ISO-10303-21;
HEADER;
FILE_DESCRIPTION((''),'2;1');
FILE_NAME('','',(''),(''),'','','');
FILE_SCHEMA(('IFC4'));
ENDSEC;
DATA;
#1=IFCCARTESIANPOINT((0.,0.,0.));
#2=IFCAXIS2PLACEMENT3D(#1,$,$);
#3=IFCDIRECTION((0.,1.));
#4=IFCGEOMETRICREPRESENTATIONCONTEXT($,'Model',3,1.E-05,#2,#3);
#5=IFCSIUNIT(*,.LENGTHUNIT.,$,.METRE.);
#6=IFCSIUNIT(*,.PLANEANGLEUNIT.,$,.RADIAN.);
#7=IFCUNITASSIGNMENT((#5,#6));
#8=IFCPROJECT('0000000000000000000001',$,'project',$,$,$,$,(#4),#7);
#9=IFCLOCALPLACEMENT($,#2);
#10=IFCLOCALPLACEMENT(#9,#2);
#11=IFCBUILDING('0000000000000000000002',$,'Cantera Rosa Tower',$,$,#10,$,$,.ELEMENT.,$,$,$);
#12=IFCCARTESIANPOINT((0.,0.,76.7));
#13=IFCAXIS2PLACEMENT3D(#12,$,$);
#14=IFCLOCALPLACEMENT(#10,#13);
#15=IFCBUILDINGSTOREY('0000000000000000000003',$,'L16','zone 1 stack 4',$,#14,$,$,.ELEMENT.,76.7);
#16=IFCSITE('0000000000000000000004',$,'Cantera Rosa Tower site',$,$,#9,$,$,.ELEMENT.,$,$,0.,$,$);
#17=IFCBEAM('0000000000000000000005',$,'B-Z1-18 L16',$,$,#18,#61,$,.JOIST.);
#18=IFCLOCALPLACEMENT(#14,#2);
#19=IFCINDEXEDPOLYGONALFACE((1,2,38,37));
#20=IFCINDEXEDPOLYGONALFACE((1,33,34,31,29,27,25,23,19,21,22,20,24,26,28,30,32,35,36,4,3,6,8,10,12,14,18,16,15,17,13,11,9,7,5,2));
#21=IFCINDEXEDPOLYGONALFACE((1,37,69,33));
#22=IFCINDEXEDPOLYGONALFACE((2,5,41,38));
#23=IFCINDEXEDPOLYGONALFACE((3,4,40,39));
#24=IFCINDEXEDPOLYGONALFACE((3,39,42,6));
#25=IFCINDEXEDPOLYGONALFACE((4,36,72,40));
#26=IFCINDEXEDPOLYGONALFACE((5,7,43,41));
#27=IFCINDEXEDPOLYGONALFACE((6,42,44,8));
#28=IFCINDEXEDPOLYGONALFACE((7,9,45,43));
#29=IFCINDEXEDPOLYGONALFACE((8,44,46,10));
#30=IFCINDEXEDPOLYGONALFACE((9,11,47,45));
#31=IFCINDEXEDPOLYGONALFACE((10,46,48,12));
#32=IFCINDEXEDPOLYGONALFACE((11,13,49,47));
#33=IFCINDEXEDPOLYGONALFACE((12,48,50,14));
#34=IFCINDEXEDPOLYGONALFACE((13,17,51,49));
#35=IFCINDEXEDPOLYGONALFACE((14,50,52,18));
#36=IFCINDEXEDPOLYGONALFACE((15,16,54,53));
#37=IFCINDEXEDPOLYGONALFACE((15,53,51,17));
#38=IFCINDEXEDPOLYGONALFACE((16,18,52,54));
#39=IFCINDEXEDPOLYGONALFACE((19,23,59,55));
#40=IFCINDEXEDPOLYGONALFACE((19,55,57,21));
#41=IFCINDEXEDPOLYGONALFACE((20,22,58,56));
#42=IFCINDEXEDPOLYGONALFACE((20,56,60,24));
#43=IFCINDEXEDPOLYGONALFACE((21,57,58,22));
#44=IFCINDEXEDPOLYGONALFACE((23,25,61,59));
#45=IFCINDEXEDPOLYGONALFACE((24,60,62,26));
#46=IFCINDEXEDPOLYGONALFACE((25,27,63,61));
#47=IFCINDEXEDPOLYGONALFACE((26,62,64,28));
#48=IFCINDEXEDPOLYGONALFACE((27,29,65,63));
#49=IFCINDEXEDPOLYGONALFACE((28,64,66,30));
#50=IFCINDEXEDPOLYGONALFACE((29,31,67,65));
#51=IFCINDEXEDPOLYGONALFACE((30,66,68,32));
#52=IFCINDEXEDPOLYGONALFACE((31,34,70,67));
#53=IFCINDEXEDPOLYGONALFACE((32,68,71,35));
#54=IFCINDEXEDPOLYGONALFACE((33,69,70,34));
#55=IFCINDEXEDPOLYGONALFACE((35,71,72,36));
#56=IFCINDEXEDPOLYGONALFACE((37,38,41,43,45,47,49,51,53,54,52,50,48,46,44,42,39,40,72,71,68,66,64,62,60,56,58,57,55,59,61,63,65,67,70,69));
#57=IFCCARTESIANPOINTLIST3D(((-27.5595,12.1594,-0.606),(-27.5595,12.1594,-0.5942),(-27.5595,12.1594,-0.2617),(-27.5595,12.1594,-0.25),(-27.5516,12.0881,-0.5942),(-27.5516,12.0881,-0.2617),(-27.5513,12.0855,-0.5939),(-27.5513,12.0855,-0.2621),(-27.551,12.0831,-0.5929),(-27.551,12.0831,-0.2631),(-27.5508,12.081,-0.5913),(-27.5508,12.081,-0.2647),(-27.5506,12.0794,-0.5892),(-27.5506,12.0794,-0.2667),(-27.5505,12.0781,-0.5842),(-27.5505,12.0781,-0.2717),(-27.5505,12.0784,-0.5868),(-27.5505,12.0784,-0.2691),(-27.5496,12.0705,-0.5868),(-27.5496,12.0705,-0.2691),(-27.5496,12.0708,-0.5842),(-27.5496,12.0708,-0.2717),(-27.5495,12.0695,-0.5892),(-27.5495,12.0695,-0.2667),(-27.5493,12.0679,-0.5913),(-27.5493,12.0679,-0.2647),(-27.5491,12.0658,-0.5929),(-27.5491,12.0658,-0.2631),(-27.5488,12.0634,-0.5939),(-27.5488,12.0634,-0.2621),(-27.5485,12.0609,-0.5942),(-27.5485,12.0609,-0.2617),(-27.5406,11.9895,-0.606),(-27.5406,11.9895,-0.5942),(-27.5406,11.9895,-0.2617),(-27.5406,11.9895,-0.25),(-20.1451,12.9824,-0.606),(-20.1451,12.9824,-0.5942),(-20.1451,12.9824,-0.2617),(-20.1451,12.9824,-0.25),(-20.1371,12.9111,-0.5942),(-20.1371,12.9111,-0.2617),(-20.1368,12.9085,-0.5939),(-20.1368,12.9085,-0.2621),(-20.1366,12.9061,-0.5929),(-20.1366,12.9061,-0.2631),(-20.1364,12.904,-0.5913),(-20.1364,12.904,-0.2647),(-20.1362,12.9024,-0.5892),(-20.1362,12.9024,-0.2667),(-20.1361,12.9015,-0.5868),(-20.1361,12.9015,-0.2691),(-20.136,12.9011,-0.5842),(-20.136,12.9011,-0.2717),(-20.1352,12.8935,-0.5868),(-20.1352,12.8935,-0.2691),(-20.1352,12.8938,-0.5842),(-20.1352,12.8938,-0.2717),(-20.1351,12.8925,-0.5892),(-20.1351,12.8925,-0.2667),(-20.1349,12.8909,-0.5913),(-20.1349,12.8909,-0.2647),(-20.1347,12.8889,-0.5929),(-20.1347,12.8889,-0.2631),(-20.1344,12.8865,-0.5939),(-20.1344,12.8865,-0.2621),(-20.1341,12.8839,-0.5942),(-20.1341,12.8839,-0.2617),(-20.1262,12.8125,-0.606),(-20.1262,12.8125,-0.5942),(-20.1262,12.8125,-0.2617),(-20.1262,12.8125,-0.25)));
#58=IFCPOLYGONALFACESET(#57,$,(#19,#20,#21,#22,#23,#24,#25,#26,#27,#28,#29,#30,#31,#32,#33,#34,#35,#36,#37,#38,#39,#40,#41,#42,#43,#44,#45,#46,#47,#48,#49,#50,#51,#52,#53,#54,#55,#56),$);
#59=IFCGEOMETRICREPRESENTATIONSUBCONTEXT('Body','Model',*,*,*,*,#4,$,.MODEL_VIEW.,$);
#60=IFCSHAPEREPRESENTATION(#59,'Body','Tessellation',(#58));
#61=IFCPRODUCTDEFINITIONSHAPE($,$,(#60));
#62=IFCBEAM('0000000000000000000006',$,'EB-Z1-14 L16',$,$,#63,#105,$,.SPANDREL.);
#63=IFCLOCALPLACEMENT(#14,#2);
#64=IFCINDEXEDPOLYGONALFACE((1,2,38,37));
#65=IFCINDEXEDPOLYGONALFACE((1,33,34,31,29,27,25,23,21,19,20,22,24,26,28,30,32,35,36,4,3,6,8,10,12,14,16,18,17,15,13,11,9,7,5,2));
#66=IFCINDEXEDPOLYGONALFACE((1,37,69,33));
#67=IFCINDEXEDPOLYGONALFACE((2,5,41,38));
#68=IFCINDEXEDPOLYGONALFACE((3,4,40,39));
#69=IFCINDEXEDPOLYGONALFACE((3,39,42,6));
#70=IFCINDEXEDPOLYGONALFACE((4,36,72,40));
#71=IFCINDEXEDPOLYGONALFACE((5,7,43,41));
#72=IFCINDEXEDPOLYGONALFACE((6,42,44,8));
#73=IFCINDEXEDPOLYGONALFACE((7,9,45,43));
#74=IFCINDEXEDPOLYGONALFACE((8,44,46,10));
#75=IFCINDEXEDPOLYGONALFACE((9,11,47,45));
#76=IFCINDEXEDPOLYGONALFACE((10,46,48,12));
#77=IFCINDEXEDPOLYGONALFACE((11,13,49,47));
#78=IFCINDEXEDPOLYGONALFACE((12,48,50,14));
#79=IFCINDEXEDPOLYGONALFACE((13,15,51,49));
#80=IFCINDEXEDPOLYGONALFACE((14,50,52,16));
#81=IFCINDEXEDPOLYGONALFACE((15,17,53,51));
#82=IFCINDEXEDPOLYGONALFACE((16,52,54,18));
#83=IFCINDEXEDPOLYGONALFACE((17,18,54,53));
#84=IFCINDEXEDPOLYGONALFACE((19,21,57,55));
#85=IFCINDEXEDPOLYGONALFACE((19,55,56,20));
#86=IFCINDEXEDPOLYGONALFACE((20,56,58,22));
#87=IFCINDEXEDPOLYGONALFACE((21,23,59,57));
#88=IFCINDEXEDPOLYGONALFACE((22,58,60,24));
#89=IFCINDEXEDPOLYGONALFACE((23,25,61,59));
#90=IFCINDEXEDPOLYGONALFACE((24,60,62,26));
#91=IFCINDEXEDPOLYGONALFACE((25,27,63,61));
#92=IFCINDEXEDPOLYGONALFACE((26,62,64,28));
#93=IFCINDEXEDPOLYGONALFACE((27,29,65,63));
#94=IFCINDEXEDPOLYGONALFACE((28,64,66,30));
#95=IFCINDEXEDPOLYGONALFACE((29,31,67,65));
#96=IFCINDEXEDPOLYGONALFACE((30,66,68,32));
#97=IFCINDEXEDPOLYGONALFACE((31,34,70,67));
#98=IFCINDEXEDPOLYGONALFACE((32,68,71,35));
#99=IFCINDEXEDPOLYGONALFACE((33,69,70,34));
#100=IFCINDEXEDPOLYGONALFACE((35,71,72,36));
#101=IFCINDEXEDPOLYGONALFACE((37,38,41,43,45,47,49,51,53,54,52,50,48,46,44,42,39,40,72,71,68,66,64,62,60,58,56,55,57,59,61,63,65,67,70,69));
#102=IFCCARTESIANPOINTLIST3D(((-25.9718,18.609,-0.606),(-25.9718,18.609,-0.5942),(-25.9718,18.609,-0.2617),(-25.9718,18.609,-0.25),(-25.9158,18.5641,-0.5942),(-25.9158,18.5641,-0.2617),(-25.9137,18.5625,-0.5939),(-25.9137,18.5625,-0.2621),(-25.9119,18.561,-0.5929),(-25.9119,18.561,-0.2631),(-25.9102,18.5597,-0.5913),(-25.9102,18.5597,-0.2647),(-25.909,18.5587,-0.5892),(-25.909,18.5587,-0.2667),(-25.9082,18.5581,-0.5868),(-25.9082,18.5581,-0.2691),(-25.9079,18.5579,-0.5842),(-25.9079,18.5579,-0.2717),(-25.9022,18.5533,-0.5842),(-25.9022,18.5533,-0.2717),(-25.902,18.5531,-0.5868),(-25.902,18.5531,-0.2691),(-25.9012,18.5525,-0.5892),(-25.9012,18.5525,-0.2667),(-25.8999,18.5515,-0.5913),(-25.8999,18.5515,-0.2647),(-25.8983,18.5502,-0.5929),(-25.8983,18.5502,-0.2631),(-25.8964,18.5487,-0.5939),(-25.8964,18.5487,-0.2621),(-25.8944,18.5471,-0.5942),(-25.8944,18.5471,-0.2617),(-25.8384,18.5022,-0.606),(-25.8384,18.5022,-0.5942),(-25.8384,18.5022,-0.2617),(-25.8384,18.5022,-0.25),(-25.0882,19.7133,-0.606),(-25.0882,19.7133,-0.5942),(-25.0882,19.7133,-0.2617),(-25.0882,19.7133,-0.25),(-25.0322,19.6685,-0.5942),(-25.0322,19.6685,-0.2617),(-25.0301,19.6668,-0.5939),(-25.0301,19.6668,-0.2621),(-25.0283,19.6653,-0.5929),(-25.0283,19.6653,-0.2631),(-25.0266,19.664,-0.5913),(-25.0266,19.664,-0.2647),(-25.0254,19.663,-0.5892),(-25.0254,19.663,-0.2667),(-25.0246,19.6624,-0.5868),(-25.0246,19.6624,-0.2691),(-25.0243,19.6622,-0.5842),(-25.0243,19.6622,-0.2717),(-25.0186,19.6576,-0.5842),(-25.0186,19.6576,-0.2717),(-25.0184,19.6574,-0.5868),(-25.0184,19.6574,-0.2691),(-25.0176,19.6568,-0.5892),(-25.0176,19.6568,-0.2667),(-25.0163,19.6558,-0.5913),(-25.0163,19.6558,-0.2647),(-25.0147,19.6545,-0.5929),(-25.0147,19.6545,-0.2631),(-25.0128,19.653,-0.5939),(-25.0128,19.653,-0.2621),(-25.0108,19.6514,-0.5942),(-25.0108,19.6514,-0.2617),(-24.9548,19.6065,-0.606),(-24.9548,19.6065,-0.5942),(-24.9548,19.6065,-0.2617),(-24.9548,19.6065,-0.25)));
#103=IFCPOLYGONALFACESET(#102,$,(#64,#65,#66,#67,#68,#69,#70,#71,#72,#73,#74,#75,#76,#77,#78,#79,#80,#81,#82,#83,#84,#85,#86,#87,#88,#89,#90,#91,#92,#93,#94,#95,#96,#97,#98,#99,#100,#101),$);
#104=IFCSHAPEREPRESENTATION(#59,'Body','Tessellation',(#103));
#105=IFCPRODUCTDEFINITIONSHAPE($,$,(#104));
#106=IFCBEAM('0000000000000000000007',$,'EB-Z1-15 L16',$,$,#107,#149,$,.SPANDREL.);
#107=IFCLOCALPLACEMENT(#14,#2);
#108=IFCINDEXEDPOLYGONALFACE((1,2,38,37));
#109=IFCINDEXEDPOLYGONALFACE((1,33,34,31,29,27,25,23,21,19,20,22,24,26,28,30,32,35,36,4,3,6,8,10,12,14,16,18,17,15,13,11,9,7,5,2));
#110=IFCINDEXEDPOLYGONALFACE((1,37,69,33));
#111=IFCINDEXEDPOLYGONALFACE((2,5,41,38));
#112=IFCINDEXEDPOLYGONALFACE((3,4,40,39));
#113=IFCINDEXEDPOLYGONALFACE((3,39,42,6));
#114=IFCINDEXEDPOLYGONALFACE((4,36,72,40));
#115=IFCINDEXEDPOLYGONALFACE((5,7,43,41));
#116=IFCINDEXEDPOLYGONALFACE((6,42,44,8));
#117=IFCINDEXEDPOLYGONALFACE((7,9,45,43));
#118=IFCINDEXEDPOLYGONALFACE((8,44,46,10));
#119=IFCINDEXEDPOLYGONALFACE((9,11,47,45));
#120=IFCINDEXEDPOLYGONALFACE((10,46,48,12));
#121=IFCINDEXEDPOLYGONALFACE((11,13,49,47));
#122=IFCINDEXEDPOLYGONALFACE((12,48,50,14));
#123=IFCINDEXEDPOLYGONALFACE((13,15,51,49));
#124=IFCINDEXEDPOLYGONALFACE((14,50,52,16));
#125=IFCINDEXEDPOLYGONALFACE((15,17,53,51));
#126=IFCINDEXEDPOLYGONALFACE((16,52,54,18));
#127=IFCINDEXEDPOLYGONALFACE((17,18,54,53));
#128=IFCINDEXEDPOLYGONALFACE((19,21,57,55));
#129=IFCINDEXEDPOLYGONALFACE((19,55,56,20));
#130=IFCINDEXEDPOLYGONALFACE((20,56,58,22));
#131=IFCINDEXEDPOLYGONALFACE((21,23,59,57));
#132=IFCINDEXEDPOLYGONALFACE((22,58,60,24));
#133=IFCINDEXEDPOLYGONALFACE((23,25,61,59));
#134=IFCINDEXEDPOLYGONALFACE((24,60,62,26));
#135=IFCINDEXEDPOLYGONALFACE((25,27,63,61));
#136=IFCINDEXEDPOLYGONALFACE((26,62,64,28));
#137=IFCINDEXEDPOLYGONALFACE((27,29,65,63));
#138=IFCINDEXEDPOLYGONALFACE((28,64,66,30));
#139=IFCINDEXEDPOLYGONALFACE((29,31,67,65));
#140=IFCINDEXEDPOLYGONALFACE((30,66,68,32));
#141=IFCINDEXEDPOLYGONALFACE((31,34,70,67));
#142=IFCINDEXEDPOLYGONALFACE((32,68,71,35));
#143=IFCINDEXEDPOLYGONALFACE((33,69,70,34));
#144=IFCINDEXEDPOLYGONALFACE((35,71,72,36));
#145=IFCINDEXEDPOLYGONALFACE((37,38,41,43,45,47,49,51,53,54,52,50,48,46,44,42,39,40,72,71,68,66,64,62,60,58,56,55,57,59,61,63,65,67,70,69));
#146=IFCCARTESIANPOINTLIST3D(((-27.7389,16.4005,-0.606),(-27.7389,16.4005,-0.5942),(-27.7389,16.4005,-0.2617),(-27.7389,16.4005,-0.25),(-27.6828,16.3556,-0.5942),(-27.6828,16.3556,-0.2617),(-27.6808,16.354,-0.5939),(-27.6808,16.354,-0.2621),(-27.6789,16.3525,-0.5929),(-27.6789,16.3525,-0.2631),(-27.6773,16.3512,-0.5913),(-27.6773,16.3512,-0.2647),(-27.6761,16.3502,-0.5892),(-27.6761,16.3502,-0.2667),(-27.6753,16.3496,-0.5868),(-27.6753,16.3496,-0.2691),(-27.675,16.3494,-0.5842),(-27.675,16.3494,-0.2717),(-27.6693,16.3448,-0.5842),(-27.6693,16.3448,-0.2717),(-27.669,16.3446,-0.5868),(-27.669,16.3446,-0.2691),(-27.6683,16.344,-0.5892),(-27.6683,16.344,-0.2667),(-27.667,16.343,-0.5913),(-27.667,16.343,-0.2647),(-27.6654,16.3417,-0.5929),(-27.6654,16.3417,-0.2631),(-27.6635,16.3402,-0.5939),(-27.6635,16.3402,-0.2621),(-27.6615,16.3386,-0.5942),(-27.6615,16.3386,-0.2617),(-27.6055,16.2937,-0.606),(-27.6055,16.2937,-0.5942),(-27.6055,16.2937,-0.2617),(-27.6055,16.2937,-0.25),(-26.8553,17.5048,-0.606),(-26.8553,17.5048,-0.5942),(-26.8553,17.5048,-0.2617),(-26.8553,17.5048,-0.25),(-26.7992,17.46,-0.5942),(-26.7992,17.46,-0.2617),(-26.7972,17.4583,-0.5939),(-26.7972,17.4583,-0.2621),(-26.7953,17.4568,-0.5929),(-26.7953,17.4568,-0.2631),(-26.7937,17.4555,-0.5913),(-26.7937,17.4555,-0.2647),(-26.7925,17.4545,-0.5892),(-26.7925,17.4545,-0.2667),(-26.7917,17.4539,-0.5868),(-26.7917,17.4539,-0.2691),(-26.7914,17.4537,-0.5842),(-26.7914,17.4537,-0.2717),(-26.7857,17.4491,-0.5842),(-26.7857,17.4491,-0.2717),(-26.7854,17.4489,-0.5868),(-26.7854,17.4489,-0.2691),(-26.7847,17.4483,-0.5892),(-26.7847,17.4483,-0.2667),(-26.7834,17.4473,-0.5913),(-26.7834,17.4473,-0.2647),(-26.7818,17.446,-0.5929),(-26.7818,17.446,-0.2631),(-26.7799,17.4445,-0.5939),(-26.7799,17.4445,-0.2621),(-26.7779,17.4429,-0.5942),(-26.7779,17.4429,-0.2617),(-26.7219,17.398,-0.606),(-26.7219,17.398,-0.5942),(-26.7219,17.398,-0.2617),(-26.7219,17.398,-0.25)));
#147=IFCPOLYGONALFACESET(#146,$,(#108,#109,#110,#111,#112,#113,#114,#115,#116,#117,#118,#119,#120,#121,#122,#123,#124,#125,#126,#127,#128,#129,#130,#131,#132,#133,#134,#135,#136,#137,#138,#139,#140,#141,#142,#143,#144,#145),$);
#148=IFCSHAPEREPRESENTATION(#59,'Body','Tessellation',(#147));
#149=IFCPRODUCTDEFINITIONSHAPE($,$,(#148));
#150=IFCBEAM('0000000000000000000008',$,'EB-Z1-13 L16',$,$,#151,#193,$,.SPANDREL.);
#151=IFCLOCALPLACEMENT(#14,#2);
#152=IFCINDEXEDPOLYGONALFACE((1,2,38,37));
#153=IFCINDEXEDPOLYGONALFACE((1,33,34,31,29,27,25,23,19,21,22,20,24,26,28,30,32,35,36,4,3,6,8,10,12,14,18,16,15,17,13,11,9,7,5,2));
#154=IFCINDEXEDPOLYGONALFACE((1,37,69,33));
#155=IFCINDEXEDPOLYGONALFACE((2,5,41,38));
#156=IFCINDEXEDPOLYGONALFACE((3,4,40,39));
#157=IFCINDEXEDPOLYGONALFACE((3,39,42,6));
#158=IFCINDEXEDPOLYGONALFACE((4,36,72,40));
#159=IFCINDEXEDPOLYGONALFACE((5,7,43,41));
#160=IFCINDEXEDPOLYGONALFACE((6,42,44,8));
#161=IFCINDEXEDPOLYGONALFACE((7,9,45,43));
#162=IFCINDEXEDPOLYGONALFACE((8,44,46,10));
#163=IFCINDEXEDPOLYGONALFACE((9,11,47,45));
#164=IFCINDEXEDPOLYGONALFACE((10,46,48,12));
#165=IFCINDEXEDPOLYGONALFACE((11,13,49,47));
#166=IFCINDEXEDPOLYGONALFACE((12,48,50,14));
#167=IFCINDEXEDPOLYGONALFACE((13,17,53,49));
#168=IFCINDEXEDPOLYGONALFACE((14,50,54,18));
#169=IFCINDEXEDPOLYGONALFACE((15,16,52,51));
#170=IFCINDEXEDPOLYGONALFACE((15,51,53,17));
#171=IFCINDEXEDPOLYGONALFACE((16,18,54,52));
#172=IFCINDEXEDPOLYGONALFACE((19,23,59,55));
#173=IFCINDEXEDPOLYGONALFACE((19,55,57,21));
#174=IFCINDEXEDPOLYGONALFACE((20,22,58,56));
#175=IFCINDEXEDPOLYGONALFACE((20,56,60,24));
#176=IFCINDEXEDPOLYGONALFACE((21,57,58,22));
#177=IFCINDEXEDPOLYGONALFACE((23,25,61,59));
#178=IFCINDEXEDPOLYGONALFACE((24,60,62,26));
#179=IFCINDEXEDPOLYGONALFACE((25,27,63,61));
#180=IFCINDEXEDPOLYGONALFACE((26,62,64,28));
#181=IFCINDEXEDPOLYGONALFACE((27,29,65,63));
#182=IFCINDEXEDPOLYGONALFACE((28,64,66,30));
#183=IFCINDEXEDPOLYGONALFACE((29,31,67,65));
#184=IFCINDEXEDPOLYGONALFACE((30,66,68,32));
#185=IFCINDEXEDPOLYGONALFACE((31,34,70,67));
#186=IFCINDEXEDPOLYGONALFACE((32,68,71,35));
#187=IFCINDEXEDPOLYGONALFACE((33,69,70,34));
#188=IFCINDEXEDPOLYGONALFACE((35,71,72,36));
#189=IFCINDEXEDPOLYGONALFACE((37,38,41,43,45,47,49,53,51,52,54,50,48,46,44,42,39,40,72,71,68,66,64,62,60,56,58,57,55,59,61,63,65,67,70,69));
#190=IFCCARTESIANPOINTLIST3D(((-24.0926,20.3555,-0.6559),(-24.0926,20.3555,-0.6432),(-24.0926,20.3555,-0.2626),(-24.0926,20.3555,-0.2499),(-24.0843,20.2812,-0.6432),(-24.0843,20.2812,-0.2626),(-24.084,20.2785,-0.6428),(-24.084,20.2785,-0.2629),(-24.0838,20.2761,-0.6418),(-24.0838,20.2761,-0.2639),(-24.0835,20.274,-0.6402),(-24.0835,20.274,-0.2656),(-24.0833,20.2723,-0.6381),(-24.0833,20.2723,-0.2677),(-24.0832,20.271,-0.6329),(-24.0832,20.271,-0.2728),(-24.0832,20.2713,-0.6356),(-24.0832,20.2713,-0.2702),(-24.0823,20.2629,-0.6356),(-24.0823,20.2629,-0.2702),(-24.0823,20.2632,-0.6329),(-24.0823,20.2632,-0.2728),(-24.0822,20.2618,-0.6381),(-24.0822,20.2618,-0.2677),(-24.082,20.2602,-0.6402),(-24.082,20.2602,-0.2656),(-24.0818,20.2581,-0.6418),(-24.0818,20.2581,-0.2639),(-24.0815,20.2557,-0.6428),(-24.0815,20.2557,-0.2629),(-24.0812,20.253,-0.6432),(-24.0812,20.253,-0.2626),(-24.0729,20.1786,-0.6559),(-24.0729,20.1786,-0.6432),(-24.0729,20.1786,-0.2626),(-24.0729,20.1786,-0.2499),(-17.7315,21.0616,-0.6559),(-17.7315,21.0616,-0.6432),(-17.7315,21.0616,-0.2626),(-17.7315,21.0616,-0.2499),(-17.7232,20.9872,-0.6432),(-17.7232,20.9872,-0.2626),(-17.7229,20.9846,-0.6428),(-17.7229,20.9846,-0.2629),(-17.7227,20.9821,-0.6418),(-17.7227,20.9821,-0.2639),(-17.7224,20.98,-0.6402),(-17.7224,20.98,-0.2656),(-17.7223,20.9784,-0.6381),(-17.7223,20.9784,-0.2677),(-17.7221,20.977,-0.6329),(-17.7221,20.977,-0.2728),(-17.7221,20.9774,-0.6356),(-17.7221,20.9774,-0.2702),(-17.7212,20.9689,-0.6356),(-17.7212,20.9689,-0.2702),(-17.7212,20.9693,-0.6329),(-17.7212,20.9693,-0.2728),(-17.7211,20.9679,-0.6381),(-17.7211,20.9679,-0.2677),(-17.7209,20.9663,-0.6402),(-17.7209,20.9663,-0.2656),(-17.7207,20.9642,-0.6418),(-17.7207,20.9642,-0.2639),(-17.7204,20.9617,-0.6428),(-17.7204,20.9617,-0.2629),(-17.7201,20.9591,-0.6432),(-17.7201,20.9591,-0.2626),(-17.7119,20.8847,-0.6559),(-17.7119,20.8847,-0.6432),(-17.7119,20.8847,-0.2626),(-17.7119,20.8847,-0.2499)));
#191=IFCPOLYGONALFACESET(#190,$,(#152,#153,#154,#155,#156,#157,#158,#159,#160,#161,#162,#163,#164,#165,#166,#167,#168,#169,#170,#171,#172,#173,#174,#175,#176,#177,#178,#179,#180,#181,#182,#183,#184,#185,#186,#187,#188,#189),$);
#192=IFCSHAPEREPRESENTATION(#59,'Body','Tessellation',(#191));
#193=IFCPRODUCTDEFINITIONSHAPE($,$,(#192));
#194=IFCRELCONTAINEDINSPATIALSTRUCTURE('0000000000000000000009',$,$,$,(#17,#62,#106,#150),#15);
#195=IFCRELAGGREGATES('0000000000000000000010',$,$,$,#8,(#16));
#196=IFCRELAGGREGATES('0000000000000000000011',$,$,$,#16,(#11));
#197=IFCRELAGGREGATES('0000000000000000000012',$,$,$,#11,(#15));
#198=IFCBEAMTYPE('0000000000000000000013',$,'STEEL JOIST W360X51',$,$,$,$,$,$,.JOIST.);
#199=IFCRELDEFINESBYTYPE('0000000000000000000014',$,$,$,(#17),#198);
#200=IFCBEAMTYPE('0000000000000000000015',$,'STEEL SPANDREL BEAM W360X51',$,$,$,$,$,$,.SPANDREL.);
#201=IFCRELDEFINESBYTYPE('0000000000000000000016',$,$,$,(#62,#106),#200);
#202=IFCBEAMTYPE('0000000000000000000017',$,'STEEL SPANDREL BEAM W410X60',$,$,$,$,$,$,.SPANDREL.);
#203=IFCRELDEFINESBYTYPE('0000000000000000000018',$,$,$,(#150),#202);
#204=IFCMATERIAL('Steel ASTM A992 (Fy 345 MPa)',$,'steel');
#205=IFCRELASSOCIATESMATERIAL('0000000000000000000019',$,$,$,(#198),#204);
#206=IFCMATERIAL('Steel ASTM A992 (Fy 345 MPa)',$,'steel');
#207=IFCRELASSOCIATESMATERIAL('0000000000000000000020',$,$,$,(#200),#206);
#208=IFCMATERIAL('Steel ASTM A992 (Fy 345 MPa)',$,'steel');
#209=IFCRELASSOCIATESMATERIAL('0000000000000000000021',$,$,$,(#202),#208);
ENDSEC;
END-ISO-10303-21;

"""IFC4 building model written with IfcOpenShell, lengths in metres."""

from ifc_helpers import new_model, si_unit, direction, frame, origin, origin_2d, place, context, subcontext, project, spatial, i_section, extrude, material, material_profile, profile_set, type_object, element, save


model = new_model("IFC4")

# Units and contexts
model_context = context("Model", 3, precision=1e-05, world=origin(), true_north=direction((0.0, 1.0)))
body_context = subcontext(model_context, "Body", "Model", "MODEL_VIEW")
ifc_project = project(units=[si_unit("LENGTHUNIT", "METRE"), si_unit("PLANEANGLEUNIT", "RADIAN")], contexts=[model_context])

# Site, building, storey
site_placement = place(None, origin())
site = spatial("IfcSite", under=ifc_project, at=site_placement, Name="Cantera Rosa Tower site", CompositionType="ELEMENT", RefElevation=0.0)
building_placement = place(site_placement, origin())
building = spatial("IfcBuilding", under=site, at=building_placement, Name="Cantera Rosa Tower", CompositionType="ELEMENT")
storey_placement = place(building_placement, frame((0.0, 0.0, 76.7)))
storey = spatial("IfcBuildingStorey", under=building, at=storey_placement, Name="L16", Description="zone 1 stack 4", CompositionType="ELEMENT", Elevation=76.7)

# Beams
ifc_material_1 = material(Name="Steel ASTM A992 (Fy 345 MPa)", Category="steel")
ifc_material_profile_1 = material_profile(ifc_material_1, i_section(OverallWidth=0.1709, OverallDepth=0.356, WebThickness=0.0073, FlangeThickness=0.0117, FilletRadius=0.01, at=origin_2d()), Name="W360X51")
ifc_profile_set_1 = profile_set([ifc_material_profile_1], Name="Steel ASTM A992 (Fy 345 MPa)")
beam_type_1 = type_object("IfcBeamType", Name="STEEL JOIST W360X51", PredefinedType="JOIST", material=ifc_profile_set_1)
beam_1_placement = place(storey_placement, frame((-27.55, 12.0745, -0.428), z_axis=(0.993896, 0.110324, 0.0), x_axis=(-0.110324, 0.993896, 0.0)))
element("IfcBeam", 1, at=beam_1_placement, inside=storey, type_object=beam_type_1, Name="B-Z1-18 L16", PredefinedType="JOIST", context=body_context, shape_type="SweptSolid", body=[
    extrude(i_section(OverallWidth=0.1709, OverallDepth=0.356, WebThickness=0.0073, FlangeThickness=0.0117, FilletRadius=0.01, at=origin_2d()), origin(), (0.0, 0.0, 1.0), 7.46),
])
ifc_material_2 = material(Name="Steel ASTM A992 (Fy 345 MPa)", Category="steel")
ifc_material_profile_2 = material_profile(ifc_material_2, i_section(OverallWidth=0.1709, OverallDepth=0.356, WebThickness=0.0073, FlangeThickness=0.0117, FilletRadius=0.01, at=origin_2d()), Name="W360X51")
ifc_profile_set_2 = profile_set([ifc_material_profile_2], Name="Steel ASTM A992 (Fy 345 MPa)")
beam_type_2 = type_object("IfcBeamType", Name="STEEL SPANDREL BEAM W360X51", PredefinedType="SPANDREL", material=ifc_profile_set_2)
for number, where, z_axis, x_axis, name in (
    (2, (-25.0215, 19.6599, -0.428), (-0.624758, -0.780818, 0.0), (0.780818, -0.624758, 0.0), "EB-Z1-14 L16"),
    (3, (-26.7886, 17.4514, -0.428), (-0.624758, -0.780818, 0.0), (0.780818, -0.624758, 0.0), "EB-Z1-15 L16"),
):
    element("IfcBeam", number, at=place(storey_placement, frame(where, z_axis=z_axis, x_axis=x_axis)), inside=storey, type_object=beam_type_2, Name=name, PredefinedType="SPANDREL", context=body_context, shape_type="SweptSolid", body=[
        extrude(i_section(OverallWidth=0.1709, OverallDepth=0.356, WebThickness=0.0073, FlangeThickness=0.0117, FilletRadius=0.01, at=origin_2d()), origin(), (0.0, 0.0, 1.0), 1.4143),
    ])
ifc_material_3 = material(Name="Steel ASTM A992 (Fy 345 MPa)", Category="steel")
ifc_material_profile_3 = material_profile(ifc_material_3, i_section(OverallWidth=0.178, OverallDepth=0.406, WebThickness=0.0078, FlangeThickness=0.0127, FilletRadius=0.0103, at=origin_2d()), Name="W410X60")
ifc_profile_set_3 = profile_set([ifc_material_profile_3], Name="Steel ASTM A992 (Fy 345 MPa)")
beam_type_3 = type_object("IfcBeamType", Name="STEEL SPANDREL BEAM W410X60", PredefinedType="SPANDREL", material=ifc_profile_set_3)
beam_2_placement = place(storey_placement, frame((-17.7217, 20.9731, -0.4529), z_axis=(-0.993896, -0.110318, 0.0), x_axis=(0.110318, -0.993896, 0.0)))
element("IfcBeam", 4, at=beam_2_placement, inside=storey, type_object=beam_type_3, Name="EB-Z1-13 L16", PredefinedType="SPANDREL", context=body_context, shape_type="SweptSolid", body=[
    extrude(i_section(OverallWidth=0.178, OverallDepth=0.406, WebThickness=0.0078, FlangeThickness=0.0127, FilletRadius=0.0103, at=origin_2d()), origin(), (0.0, 0.0, 1.0), 6.4001),
])

save(model, "model.ifc")
